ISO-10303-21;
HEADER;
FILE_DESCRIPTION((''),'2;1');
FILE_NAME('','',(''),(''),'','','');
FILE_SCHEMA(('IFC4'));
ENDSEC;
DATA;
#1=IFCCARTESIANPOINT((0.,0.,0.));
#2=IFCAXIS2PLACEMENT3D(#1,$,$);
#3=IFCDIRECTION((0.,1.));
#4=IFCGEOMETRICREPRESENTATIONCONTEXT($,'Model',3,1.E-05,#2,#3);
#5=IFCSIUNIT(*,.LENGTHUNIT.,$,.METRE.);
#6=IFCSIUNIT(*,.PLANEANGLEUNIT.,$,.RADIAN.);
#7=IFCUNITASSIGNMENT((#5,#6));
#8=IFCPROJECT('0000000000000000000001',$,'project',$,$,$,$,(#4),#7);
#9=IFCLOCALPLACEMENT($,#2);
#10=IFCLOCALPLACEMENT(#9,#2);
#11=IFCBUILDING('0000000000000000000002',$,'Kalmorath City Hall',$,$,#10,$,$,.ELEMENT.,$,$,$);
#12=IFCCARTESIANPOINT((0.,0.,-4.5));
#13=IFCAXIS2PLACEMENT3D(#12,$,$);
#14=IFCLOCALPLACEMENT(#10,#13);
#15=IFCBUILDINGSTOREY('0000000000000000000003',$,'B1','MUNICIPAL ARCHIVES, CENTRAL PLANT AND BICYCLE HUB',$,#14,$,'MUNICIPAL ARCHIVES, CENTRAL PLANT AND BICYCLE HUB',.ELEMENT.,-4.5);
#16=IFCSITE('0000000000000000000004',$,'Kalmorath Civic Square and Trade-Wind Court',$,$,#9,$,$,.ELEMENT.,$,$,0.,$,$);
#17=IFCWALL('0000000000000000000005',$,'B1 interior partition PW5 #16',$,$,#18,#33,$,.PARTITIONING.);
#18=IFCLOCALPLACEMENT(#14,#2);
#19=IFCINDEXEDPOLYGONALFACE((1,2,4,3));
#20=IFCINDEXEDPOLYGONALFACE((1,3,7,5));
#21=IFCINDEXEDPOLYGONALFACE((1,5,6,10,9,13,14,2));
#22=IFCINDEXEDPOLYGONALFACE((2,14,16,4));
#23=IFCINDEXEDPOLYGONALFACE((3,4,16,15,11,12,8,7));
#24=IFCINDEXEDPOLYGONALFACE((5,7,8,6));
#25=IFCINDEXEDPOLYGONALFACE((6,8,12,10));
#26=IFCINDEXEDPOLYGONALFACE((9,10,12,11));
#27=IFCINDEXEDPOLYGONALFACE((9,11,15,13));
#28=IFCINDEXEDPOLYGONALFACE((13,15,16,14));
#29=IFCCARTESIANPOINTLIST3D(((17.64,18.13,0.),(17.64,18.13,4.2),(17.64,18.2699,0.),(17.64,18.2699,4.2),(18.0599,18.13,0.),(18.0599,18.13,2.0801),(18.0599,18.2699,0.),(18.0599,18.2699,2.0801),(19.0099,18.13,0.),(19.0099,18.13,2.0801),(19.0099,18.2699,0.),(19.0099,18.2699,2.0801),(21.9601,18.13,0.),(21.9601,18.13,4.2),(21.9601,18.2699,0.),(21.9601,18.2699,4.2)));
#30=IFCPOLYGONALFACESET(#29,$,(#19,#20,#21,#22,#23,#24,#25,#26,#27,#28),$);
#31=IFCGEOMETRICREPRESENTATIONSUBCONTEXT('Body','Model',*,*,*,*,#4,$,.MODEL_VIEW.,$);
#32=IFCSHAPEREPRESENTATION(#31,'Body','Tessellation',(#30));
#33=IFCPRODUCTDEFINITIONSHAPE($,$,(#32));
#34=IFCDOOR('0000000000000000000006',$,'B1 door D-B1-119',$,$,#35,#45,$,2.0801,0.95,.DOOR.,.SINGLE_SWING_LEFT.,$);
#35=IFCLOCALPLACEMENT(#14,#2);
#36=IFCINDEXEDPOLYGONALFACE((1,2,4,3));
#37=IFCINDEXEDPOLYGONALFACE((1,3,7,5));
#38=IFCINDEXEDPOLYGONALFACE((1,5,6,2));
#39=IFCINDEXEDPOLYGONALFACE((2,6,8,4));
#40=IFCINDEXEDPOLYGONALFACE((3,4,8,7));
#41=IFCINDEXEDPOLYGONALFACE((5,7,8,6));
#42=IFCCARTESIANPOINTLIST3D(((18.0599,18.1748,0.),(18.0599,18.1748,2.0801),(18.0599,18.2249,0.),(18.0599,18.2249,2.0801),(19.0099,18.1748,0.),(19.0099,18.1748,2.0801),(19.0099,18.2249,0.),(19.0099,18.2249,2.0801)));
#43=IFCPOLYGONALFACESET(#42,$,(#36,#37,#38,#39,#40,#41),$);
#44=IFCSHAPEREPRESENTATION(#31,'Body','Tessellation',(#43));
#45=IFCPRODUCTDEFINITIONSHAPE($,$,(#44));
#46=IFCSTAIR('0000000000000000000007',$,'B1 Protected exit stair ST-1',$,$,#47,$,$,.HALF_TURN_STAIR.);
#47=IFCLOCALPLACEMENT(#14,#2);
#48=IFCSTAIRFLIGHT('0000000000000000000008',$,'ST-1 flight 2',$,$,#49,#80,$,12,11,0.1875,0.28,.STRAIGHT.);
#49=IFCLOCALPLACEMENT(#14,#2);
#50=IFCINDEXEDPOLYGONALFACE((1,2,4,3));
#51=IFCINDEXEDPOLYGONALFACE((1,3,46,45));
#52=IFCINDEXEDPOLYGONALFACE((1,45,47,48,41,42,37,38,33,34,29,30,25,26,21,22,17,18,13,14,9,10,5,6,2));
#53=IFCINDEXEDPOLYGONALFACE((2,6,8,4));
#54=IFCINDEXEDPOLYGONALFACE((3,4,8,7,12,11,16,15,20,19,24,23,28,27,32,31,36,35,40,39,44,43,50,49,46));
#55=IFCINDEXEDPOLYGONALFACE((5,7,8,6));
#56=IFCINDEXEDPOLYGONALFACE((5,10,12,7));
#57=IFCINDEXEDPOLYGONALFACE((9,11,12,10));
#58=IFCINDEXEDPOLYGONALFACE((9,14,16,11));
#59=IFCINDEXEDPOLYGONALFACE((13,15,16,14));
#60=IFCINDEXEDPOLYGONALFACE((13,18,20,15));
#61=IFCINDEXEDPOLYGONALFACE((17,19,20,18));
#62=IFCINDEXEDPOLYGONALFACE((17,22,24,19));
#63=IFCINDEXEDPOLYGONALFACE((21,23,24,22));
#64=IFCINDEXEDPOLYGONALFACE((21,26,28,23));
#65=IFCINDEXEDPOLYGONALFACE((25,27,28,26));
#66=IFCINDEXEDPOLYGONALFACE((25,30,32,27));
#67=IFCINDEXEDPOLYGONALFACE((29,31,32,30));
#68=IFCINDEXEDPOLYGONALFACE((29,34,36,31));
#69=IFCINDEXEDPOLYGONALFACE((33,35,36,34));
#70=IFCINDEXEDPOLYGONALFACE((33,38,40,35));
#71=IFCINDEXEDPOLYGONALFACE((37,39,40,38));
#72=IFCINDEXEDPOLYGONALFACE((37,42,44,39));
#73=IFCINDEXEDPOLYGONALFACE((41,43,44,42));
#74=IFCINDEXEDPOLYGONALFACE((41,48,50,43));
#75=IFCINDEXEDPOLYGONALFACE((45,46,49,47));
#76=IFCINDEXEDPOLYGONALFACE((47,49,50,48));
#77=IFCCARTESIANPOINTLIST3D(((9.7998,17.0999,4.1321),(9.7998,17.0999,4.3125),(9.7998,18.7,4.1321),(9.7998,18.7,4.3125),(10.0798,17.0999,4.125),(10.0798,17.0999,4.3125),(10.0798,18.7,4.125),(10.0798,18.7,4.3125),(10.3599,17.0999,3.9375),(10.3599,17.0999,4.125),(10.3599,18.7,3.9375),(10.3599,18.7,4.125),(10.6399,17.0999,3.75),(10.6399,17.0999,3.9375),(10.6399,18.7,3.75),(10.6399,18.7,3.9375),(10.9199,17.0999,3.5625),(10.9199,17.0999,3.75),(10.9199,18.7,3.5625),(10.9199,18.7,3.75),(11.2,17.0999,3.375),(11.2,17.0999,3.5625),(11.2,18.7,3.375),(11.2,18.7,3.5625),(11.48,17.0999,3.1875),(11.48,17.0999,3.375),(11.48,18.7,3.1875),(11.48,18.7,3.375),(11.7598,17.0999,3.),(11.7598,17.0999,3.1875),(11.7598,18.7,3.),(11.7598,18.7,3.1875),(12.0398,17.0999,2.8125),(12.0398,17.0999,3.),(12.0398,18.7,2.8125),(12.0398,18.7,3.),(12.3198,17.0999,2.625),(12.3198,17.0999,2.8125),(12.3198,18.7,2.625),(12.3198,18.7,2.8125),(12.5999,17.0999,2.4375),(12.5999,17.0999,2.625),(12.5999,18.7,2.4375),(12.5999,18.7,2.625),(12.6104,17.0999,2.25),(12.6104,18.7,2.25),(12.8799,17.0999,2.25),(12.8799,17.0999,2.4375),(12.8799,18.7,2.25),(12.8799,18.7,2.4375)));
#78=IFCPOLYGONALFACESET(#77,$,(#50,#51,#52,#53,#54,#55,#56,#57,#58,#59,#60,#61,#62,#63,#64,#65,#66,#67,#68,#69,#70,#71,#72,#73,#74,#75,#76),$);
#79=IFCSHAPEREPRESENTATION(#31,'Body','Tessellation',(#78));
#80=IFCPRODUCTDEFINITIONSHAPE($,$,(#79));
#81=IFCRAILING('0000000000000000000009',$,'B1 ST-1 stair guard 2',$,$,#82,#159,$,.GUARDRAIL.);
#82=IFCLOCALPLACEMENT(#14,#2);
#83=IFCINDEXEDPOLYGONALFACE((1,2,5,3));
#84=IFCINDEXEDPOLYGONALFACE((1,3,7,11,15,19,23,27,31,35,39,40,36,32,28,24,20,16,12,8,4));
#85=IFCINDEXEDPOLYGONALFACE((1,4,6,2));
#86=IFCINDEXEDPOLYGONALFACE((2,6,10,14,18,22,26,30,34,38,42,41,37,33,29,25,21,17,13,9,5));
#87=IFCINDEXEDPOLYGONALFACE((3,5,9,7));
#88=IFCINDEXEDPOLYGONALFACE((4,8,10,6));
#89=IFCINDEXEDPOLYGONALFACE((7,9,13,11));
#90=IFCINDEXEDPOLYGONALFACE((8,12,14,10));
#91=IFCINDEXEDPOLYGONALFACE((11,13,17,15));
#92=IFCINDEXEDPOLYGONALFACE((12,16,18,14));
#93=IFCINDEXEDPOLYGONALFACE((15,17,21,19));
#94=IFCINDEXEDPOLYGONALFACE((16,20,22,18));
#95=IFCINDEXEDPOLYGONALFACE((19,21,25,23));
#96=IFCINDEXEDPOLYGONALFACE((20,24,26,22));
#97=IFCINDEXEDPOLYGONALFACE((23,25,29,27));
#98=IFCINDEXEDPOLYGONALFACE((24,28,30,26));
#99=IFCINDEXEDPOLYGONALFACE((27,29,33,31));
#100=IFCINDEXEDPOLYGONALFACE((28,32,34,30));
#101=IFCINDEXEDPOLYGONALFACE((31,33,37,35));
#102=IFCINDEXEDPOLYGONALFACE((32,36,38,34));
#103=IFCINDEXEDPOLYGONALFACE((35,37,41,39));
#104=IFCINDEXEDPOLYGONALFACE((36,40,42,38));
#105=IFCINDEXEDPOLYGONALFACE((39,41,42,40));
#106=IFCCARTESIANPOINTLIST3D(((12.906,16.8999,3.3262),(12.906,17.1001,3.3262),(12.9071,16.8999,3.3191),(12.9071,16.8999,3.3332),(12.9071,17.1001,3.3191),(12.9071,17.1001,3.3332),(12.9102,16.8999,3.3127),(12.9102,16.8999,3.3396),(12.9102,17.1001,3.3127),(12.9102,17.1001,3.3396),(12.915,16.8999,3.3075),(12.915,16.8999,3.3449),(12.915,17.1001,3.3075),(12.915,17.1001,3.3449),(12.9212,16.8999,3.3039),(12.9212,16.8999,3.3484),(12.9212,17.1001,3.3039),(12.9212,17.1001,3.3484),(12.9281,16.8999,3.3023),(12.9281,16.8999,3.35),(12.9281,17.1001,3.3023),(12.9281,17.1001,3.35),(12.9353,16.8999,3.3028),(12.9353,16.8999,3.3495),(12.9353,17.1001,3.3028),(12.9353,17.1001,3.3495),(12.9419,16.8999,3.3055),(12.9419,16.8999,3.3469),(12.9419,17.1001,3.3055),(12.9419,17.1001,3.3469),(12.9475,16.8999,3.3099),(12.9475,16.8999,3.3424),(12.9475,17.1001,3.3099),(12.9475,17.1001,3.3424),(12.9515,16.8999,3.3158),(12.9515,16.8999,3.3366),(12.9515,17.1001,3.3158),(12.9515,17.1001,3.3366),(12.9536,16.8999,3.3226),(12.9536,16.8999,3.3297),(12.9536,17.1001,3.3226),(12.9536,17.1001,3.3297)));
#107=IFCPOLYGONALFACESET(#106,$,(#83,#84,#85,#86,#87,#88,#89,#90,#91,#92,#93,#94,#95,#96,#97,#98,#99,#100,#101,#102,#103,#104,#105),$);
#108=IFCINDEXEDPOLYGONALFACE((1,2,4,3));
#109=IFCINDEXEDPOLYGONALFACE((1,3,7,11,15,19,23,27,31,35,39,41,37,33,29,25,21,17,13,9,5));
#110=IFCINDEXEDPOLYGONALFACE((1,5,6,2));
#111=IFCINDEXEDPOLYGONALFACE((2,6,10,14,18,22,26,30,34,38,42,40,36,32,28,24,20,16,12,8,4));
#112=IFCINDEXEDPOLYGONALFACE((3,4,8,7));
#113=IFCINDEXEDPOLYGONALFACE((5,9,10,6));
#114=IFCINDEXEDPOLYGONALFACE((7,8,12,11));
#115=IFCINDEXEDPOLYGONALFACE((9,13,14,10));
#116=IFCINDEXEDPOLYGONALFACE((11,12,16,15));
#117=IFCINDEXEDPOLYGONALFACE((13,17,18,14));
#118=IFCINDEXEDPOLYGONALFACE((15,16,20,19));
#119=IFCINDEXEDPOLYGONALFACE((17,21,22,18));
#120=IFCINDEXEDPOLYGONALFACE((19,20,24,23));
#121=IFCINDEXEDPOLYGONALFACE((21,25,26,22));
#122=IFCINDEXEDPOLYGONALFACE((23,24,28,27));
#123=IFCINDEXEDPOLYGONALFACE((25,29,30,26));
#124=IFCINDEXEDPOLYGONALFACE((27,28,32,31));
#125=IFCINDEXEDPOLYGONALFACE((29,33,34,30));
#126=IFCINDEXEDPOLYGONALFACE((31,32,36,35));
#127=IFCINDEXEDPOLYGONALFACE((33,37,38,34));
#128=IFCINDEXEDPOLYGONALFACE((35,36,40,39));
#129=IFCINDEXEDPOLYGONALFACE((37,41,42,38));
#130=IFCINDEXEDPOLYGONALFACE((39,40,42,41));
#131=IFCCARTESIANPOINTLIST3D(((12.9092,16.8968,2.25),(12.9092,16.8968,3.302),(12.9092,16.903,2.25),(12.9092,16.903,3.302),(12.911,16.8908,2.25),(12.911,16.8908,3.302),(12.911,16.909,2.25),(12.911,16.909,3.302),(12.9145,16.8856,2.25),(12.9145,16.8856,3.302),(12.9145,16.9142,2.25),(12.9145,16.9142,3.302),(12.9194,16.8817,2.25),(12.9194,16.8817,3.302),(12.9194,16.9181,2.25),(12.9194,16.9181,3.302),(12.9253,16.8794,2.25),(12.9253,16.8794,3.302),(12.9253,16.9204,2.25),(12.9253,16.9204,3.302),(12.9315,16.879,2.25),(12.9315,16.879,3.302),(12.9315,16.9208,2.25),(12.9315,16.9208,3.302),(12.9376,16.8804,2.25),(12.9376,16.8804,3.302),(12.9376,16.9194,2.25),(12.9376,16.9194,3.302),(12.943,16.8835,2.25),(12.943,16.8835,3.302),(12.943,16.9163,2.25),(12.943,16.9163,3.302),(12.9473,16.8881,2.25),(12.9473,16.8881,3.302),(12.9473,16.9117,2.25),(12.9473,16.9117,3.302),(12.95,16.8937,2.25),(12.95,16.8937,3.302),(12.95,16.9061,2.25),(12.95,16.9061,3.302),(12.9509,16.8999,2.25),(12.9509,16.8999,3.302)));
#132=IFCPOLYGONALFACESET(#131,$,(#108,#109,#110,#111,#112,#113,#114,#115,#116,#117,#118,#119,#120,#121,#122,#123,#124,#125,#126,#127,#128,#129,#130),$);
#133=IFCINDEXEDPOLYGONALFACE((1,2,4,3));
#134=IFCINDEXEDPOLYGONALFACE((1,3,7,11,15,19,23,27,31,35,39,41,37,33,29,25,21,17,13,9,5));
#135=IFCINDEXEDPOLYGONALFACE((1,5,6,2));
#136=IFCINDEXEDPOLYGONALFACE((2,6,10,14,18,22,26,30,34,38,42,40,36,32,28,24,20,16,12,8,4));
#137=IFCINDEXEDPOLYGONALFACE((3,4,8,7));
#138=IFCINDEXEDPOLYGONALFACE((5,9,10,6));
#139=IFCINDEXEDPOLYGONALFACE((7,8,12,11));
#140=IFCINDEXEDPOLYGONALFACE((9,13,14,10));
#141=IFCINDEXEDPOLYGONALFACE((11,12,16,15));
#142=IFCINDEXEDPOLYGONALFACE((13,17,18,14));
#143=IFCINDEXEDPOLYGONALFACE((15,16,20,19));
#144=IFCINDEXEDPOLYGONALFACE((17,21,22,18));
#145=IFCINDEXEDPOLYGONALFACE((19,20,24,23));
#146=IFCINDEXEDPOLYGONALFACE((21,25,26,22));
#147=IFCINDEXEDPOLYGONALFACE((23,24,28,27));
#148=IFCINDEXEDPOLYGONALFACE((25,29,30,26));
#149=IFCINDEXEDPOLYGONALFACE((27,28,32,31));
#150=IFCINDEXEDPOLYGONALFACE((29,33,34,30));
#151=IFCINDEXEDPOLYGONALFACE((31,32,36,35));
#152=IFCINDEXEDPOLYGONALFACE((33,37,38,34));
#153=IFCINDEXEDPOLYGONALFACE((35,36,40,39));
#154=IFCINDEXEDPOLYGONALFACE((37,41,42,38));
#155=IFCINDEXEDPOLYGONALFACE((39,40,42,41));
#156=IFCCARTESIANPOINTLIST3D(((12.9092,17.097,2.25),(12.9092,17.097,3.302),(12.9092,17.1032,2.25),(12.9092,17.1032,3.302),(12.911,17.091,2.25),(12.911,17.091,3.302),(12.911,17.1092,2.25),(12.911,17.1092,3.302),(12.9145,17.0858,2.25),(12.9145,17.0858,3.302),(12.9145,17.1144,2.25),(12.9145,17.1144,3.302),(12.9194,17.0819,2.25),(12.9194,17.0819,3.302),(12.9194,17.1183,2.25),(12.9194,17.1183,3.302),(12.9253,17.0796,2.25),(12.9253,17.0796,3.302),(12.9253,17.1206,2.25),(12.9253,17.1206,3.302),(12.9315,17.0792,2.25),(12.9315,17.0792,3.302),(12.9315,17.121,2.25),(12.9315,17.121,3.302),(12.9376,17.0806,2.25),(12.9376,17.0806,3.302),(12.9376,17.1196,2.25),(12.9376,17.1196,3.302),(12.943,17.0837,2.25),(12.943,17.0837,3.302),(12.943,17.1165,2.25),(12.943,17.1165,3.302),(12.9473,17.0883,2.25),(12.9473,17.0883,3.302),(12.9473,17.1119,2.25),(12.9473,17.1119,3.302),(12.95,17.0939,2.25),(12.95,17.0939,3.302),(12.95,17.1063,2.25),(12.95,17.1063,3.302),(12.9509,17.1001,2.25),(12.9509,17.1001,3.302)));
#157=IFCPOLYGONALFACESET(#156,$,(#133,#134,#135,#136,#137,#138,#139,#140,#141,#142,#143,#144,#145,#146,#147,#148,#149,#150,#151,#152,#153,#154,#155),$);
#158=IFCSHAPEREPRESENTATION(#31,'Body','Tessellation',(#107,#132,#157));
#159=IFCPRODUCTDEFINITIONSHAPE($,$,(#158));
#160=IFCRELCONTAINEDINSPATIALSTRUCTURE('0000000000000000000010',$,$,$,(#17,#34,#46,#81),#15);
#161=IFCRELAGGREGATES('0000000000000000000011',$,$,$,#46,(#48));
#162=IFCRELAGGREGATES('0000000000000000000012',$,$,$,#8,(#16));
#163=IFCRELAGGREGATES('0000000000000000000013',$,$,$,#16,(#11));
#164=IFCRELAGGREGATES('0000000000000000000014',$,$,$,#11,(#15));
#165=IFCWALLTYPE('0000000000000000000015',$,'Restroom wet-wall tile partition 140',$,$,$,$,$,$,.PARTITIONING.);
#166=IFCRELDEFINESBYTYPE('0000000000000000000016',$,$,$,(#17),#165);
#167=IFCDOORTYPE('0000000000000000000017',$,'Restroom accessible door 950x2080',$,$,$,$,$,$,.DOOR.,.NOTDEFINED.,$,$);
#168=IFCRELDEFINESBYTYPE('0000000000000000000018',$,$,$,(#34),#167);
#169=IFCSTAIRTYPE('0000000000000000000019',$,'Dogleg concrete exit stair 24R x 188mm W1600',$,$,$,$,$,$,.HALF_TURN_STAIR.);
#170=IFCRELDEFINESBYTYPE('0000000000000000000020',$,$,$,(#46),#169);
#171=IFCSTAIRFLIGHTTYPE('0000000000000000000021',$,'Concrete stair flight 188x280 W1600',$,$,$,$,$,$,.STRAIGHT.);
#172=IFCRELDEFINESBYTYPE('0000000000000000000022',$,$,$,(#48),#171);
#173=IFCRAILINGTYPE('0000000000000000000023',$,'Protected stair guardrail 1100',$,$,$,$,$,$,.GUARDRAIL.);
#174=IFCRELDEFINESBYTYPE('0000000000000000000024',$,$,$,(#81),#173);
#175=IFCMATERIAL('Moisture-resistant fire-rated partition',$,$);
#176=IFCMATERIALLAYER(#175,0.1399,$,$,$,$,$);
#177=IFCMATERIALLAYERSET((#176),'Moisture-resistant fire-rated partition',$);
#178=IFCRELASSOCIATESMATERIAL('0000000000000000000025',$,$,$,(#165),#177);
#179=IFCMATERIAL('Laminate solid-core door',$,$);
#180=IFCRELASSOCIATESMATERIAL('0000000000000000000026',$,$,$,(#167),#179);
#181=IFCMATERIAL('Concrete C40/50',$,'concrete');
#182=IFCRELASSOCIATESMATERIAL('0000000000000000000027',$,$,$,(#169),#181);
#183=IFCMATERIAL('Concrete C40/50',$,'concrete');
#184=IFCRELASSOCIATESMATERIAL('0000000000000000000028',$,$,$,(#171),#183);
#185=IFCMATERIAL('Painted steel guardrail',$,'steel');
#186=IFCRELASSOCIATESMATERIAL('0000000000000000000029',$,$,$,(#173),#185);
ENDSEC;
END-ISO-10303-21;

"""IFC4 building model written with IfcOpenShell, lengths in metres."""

from ifc_helpers import new_model, si_unit, direction, frame, frame_2d, origin, origin_2d, place, context, subcontext, project, spatial, polyline, rectangle, circle, outline, extrude, material, layer, layer_set, type_object, element, fill, aggregate, save


model = new_model("IFC4")

# Units and contexts
model_context = context("Model", 3, precision=1e-05, world=origin(), true_north=direction((0.0, 1.0)))
body_context = subcontext(model_context, "Body", "Model", "MODEL_VIEW")
ifc_project = project(units=[si_unit("LENGTHUNIT", "METRE"), si_unit("PLANEANGLEUNIT", "RADIAN")], contexts=[model_context])

# Site, building, storey
site_placement = place(None, origin())
site = spatial("IfcSite", under=ifc_project, at=site_placement, Name="Kalmorath Civic Square and Trade-Wind Court", CompositionType="ELEMENT", RefElevation=0.0)
building_placement = place(site_placement, origin())
building = spatial("IfcBuilding", under=site, at=building_placement, Name="Kalmorath City Hall", CompositionType="ELEMENT")
storey_placement = place(building_placement, frame((0.0, 0.0, -4.5)))
storey = spatial("IfcBuildingStorey", under=building, at=storey_placement, Name="B1", Description="MUNICIPAL ARCHIVES, CENTRAL PLANT AND BICYCLE HUB", LongName="MUNICIPAL ARCHIVES, CENTRAL PLANT AND BICYCLE HUB", CompositionType="ELEMENT", Elevation=-4.5)

# Wall, opening, door
ifc_material_1 = material(Name="Moisture-resistant fire-rated partition")
ifc_layer_1 = layer(ifc_material_1, 0.1399)
ifc_layer_set_1 = layer_set([ifc_layer_1], Name="Moisture-resistant fire-rated partition")
wall_type_1 = type_object("IfcWallType", Name="Restroom wet-wall tile partition 140", PredefinedType="PARTITIONING", material=ifc_layer_set_1)
wall_1_placement = place(storey_placement, frame((17.6399, 18.2, 0.0), z_axis=(0.0, 0.0, 1.0), x_axis=(1.0, 0.0, 0.0)))
wall_1 = element("IfcWall", 1, at=wall_1_placement, inside=storey, type_object=wall_type_1, Name="B1 interior partition PW5 #16", PredefinedType="PARTITIONING", context=body_context, shape_type="SweptSolid", body=[
    extrude(rectangle(XDim=4.3201, YDim=0.1399, at=frame_2d((2.1602, 0.0))), origin(), (0.0, 0.0, 1.0), 4.2),
])
opening_1_placement = place(wall_1_placement, frame((0.4199, 0.0, 0.0)))
opening_1 = element("IfcOpeningElement", 2, at=opening_1_placement, cuts=wall_1, PredefinedType="OPENING", context=body_context, shape_type="SweptSolid", body=[
    extrude(rectangle(XDim=0.95, YDim=2.0801, at=frame_2d((0.4751, 1.04))), frame((0.0, 0.0798, 0.0), z_axis=(0.0, -1.0, 0.0), x_axis=(1.0, 0.0, 0.0)), (0.0, 0.0, 1.0), 0.1599),
])
ifc_material_2 = material(Name="Laminate solid-core door")
door_type_1 = type_object("IfcDoorType", Name="Restroom accessible door 950x2080", OperationType="NOTDEFINED", PredefinedType="DOOR", material=ifc_material_2)
door_1_placement = place(opening_1_placement, origin())
door_1 = element("IfcDoor", 3, at=door_1_placement, inside=storey, type_object=door_type_1, Name="B1 door D-B1-119", OperationType="SINGLE_SWING_LEFT", OverallHeight=2.0801, OverallWidth=0.95, PredefinedType="DOOR", context=body_context, shape_type="SweptSolid", body=[
    extrude(rectangle(XDim=0.95, YDim=2.0801, at=frame_2d((0.4751, 1.04))), frame((0.0, 0.0249, 0.0), z_axis=(0.0, -1.0, 0.0), x_axis=(1.0, 0.0, 0.0)), (0.0, 0.0, 1.0), 0.05),
])
fill(opening_1, door_1)

# Stair, stair flight
ifc_material_3 = material(Name="Concrete C40/50", Category="concrete")
stair_type = type_object("IfcStairType", Name="Dogleg concrete exit stair 24R x 188mm W1600", PredefinedType="HALF_TURN_STAIR", material=ifc_material_3)
stair_placement = place(storey_placement, origin())
stair = element("IfcStair", 4, at=stair_placement, inside=storey, type_object=stair_type, Name="B1 Protected exit stair ST-1", PredefinedType="HALF_TURN_STAIR")
ifc_material_4 = material(Name="Concrete C40/50", Category="concrete")
stair_flight_type = type_object("IfcStairFlightType", Name="Concrete stair flight 188x280 W1600", PredefinedType="STRAIGHT", material=ifc_material_4)
stair_flight_placement = place(storey_placement, frame((12.8799, 17.8999, 2.25), z_axis=(0.0, 0.0, 1.0), x_axis=(-1.0, 0.0, 0.0)))
stair_flight = element("IfcStairFlight", 5, at=stair_flight_placement, type_object=stair_flight_type, Name="ST-1 flight 2", NumberOfRisers=12, NumberOfTreads=11, PredefinedType="STRAIGHT", RiserHeight=0.1875, TreadLength=0.28, context=body_context, shape_type="SweptSolid", body=[
    extrude(outline(polyline([(0.0, 0.0), (0.0, 0.1875), (0.28, 0.1875), (0.28, 0.375), (0.5601, 0.375), (0.5601, 0.5625), (0.8401, 0.5625), (0.8401, 0.75), (1.1201, 0.75), (1.1201, 0.9375), (1.3999, 0.9375), (1.3999, 1.125), (1.6799, 1.125), (1.6799, 1.3125), (1.96, 1.3125), (1.96, 1.5), (2.24, 1.5), (2.24, 1.6875), (2.52, 1.6875), (2.52, 1.875), (2.8, 1.875), (2.8, 2.0625), (3.0801, 2.0625), (3.0801, 2.25), (3.0801, 1.8821), (0.2695, 0.0), (0.0, 0.0)])), frame((0.0, 0.8, 0.0), z_axis=(0.0, -1.0, 0.0), x_axis=(1.0, 0.0, 0.0)), (0.0, 0.0, 1.0), 1.6001),
])
aggregate(stair, [stair_flight])

# Railing
ifc_material_5 = material(Name="Painted steel guardrail", Category="steel")
railing_type = type_object("IfcRailingType", Name="Protected stair guardrail 1100", PredefinedType="GUARDRAIL", material=ifc_material_5)
railing_1_placement = place(storey_placement, frame((12.9299, 16.8999, 2.25)))
element("IfcRailing", 6, at=railing_1_placement, inside=storey, type_object=railing_type, Name="B1 ST-1 stair guard 2", PredefinedType="GUARDRAIL", context=body_context, shape_type="SweptSolid", body=[
    extrude(circle(Radius=0.0239, at=origin_2d()), frame((0.0, 0.0, 1.0762), z_axis=(0.0, 1.0, 0.0), x_axis=(-1.0, 0.0, 0.0)), (0.0, 0.0, 1.0), 0.2002),
    extrude(circle(Radius=0.021, at=origin_2d()), origin(), (0.0, 0.0, 1.0), 1.052),
    extrude(circle(Radius=0.021, at=origin_2d()), frame((0.0, 0.2002, 0.0)), (0.0, 0.0, 1.0), 1.052),
])

save(model, "model.ifc")
